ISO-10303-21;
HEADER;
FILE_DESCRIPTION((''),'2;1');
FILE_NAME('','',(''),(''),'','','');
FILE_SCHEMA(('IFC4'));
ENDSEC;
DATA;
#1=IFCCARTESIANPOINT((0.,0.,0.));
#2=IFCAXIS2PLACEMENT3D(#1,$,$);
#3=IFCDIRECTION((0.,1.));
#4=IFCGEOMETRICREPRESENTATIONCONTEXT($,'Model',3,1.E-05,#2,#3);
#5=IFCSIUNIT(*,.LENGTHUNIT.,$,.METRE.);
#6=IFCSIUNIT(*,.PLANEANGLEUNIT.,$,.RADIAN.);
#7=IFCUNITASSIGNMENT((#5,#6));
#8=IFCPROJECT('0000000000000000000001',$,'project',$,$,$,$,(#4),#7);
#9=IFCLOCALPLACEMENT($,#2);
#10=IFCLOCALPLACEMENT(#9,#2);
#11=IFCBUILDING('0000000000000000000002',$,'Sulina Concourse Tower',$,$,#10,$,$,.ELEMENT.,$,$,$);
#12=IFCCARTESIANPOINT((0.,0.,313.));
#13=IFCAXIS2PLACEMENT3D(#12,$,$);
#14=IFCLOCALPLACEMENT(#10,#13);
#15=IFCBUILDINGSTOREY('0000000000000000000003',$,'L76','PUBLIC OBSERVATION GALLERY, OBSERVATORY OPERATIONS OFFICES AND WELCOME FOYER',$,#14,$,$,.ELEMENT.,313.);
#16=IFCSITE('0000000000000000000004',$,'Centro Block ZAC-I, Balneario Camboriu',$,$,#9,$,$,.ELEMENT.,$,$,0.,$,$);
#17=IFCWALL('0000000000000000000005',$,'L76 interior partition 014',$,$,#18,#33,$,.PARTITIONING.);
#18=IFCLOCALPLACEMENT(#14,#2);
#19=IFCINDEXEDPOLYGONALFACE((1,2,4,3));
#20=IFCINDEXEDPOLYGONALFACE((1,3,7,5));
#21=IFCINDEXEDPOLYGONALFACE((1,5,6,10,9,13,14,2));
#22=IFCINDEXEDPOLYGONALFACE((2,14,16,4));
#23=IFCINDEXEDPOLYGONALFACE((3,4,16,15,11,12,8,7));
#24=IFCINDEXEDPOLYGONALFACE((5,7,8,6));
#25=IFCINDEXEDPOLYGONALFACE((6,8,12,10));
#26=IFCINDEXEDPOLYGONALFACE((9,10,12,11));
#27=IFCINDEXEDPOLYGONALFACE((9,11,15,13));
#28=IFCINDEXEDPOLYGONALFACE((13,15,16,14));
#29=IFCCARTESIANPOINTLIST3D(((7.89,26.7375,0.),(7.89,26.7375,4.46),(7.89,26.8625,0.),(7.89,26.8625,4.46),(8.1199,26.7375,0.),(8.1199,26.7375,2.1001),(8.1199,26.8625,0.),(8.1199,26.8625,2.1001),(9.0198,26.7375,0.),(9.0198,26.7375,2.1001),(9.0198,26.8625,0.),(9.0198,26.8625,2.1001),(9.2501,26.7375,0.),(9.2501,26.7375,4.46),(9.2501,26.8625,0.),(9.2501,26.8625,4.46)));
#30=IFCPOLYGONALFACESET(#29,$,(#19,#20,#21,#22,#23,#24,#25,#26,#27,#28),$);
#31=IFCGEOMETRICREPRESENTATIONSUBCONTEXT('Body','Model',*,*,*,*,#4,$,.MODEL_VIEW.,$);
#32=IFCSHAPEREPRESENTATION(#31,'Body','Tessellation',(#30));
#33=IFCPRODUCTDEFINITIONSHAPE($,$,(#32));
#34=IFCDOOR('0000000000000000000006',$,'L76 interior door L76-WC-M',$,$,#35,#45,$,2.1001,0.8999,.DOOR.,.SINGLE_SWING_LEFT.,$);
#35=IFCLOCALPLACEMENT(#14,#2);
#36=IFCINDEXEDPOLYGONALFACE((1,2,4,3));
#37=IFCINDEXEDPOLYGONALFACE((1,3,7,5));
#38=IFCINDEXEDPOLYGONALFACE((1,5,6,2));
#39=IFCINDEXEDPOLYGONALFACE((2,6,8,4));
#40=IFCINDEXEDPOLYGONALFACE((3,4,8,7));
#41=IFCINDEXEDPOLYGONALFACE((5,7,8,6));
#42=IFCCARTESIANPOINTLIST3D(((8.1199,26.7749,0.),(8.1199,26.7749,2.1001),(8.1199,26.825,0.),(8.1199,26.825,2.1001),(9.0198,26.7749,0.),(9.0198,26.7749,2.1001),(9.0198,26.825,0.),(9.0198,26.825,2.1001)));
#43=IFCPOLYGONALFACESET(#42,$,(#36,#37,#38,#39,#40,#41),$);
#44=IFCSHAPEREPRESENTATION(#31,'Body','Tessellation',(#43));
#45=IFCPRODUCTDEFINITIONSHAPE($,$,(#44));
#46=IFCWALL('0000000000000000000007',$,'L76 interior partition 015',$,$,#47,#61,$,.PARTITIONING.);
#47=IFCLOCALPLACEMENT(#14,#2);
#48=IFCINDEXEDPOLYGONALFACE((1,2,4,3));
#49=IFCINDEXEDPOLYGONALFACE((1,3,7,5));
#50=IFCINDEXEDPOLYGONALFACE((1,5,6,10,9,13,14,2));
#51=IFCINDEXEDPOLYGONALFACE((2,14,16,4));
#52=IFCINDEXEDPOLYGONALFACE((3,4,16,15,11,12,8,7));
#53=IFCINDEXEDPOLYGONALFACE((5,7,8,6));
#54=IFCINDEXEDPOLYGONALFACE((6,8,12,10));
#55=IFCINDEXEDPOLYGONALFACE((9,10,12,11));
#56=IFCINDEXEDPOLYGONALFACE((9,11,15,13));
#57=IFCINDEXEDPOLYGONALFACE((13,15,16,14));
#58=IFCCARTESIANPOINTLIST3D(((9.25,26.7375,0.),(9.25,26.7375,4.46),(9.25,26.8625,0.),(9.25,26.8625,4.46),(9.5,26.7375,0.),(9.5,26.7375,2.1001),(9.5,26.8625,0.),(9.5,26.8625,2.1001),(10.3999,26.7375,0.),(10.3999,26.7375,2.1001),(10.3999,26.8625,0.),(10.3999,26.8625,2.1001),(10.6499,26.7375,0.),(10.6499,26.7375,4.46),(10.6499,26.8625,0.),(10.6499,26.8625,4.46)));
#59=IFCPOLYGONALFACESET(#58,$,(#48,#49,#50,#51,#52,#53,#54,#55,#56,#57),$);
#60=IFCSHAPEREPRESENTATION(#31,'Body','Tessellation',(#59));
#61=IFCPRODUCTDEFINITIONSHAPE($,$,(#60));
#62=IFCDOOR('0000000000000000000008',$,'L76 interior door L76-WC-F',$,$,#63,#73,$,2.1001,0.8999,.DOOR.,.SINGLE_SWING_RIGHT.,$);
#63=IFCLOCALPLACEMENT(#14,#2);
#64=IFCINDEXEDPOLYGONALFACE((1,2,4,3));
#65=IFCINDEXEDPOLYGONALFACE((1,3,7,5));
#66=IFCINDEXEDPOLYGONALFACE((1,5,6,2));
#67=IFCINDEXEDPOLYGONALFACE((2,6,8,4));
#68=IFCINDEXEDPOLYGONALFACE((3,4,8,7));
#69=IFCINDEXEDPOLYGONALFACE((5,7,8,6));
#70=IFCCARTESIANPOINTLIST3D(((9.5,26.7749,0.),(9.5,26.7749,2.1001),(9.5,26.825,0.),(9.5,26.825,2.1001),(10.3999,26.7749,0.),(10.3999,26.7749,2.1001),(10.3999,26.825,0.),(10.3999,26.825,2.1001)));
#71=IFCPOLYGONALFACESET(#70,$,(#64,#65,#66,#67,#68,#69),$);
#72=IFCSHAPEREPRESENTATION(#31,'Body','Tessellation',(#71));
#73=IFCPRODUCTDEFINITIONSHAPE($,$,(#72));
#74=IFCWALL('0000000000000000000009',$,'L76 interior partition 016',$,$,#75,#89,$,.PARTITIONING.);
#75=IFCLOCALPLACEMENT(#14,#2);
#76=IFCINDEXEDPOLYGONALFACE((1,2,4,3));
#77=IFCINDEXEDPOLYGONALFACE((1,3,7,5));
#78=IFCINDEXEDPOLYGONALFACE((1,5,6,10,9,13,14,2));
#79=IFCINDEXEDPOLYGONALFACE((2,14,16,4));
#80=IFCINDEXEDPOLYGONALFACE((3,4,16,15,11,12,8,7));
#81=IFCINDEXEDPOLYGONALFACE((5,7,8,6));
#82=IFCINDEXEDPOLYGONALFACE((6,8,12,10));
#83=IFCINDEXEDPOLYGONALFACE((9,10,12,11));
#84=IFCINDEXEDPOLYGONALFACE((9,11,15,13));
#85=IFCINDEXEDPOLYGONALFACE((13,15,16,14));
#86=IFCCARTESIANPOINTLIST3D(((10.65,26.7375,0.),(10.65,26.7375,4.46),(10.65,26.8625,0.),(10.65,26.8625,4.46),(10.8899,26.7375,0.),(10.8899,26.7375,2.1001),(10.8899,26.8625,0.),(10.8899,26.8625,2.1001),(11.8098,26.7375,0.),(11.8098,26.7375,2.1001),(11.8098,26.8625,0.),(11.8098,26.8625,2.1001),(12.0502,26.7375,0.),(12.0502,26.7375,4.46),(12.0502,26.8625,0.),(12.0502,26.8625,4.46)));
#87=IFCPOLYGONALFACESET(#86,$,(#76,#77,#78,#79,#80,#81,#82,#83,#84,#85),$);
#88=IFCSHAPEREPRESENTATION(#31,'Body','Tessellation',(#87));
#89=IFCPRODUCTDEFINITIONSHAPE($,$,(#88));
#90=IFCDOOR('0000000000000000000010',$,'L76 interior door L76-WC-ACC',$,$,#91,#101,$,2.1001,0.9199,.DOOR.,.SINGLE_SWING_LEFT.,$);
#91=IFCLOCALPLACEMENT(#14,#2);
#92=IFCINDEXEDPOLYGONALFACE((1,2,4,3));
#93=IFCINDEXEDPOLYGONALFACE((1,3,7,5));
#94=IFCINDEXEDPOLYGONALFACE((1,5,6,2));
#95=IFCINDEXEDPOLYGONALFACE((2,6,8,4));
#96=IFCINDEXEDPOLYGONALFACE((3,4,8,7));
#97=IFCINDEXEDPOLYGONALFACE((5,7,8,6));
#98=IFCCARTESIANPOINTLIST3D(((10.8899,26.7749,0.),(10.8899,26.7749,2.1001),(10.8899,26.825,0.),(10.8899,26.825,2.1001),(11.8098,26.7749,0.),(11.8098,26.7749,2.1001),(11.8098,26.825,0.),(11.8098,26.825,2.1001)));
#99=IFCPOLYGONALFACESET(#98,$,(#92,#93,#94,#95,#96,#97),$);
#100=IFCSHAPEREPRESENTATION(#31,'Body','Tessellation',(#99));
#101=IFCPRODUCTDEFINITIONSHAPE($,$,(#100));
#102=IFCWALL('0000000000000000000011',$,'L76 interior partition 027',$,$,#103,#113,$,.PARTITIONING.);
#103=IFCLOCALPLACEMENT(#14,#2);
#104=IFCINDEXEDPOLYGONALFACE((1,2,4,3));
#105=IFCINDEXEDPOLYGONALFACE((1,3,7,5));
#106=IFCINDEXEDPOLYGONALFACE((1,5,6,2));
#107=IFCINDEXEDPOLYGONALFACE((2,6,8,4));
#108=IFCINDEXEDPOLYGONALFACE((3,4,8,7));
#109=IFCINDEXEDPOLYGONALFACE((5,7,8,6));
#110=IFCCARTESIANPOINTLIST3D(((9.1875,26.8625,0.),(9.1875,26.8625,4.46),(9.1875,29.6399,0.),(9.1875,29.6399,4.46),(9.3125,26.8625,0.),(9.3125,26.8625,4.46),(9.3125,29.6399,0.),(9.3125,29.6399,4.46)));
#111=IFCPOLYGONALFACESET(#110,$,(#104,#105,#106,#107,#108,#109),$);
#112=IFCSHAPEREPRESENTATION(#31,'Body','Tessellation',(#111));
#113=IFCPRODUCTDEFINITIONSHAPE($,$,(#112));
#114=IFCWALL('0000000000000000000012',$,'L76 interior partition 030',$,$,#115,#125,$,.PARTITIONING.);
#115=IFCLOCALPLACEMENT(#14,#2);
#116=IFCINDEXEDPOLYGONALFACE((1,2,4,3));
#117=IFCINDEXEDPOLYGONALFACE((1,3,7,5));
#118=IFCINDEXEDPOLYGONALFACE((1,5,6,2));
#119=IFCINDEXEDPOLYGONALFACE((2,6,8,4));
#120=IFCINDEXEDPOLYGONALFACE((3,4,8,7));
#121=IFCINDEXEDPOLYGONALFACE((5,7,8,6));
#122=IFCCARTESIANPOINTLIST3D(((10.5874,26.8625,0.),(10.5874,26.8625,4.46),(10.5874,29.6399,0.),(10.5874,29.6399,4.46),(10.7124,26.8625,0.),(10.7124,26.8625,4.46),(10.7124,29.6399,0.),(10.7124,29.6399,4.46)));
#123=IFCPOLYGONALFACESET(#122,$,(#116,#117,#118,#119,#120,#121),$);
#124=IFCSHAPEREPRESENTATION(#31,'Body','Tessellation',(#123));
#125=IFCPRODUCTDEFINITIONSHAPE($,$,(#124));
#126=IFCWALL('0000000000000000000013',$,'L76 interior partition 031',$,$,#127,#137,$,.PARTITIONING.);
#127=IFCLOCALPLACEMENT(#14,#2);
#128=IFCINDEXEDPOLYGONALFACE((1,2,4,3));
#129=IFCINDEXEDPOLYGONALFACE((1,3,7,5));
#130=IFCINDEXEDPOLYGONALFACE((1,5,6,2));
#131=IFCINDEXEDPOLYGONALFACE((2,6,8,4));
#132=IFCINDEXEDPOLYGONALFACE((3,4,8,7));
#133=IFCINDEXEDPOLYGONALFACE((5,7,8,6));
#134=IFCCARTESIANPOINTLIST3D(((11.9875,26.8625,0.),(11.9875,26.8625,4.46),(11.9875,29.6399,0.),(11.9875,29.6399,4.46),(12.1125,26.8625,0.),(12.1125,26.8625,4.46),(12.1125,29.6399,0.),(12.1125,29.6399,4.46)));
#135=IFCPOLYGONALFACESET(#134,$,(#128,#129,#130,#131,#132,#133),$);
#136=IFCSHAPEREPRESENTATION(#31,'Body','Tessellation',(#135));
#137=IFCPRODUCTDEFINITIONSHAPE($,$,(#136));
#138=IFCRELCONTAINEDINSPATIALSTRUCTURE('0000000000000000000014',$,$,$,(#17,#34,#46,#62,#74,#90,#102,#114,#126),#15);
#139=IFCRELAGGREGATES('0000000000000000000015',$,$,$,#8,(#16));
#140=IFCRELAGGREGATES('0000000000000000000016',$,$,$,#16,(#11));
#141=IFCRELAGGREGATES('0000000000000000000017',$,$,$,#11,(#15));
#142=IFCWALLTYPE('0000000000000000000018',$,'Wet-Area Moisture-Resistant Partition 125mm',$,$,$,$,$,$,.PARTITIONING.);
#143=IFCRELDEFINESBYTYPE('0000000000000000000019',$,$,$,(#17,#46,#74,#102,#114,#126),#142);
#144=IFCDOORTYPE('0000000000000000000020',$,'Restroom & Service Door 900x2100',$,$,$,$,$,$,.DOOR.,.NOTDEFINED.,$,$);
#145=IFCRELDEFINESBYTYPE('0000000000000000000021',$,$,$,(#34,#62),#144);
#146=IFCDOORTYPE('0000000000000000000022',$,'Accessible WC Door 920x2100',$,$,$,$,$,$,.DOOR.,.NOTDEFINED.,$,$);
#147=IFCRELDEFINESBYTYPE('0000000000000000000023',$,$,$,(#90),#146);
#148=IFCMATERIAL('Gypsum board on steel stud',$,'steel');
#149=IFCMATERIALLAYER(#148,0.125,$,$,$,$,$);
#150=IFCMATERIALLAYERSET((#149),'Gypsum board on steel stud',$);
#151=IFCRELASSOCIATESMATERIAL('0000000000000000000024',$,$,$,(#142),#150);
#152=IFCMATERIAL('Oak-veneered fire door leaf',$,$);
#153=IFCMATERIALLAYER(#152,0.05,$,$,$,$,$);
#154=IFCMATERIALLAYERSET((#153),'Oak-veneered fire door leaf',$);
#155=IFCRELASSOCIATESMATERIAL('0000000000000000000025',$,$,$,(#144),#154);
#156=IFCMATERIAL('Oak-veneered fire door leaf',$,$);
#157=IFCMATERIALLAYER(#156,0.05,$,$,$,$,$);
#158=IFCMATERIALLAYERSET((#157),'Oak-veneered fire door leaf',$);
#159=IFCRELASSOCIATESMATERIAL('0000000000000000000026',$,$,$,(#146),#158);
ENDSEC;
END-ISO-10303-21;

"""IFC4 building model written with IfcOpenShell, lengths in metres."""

from ifc_helpers import new_model, si_unit, direction, frame, frame_2d, origin, place, context, subcontext, project, spatial, rectangle, extrude, material, layer, layer_set, type_object, element, fill, save


model = new_model("IFC4")

# Units and contexts
model_context = context("Model", 3, precision=1e-05, world=origin(), true_north=direction((0.0, 1.0)))
body_context = subcontext(model_context, "Body", "Model", "MODEL_VIEW")
ifc_project = project(units=[si_unit("LENGTHUNIT", "METRE"), si_unit("PLANEANGLEUNIT", "RADIAN")], contexts=[model_context])

# Site, building, storey
site_placement = place(None, origin())
site = spatial("IfcSite", under=ifc_project, at=site_placement, Name="Centro Block ZAC-I, Balneario Camboriu", CompositionType="ELEMENT", RefElevation=0.0)
building_placement = place(site_placement, origin())
building = spatial("IfcBuilding", under=site, at=building_placement, Name="Sulina Concourse Tower", CompositionType="ELEMENT")
storey_placement = place(building_placement, frame((0.0, 0.0, 313.0)))
storey = spatial("IfcBuildingStorey", under=building, at=storey_placement, Name="L76", Description="PUBLIC OBSERVATION GALLERY, OBSERVATORY OPERATIONS OFFICES AND WELCOME FOYER", CompositionType="ELEMENT", Elevation=313.0)

# Walls, openings, doors
ifc_material_1 = material(Name="Gypsum board on steel stud", Category="steel")
ifc_layer_1 = layer(ifc_material_1, 0.125)
ifc_layer_set_1 = layer_set([ifc_layer_1], Name="Gypsum board on steel stud")
wall_type_1 = type_object("IfcWallType", Name="Wet-Area Moisture-Resistant Partition 125mm", PredefinedType="PARTITIONING", material=ifc_layer_set_1)
wall_1_placement = place(storey_placement, frame((7.8899, 26.8, 0.0), z_axis=(0.0, 0.0, 1.0), x_axis=(1.0, 0.0, 0.0)))
wall_1 = element("IfcWall", 1, at=wall_1_placement, inside=storey, type_object=wall_type_1, Name="L76 interior partition 014", PredefinedType="PARTITIONING", context=body_context, shape_type="SweptSolid", body=[
    extrude(rectangle(XDim=1.3601, YDim=0.125, at=frame_2d((0.6802, 0.0))), origin(), (0.0, 0.0, 1.0), 4.46),
])
opening_1_placement = place(wall_1_placement, frame((0.23, 0.0, 0.0)))
opening_1 = element("IfcOpeningElement", 2, at=opening_1_placement, cuts=wall_1, PredefinedType="OPENING", context=body_context, shape_type="SweptSolid", body=[
    extrude(rectangle(XDim=0.8999, YDim=2.1001, at=frame_2d((0.45, 1.05))), frame((0.0, 0.0725, 0.0), z_axis=(0.0, -1.0, 0.0), x_axis=(1.0, 0.0, 0.0)), (0.0, 0.0, 1.0), 0.145),
])
ifc_material_2 = material(Name="Oak-veneered fire door leaf")
ifc_layer_2 = layer(ifc_material_2, 0.05)
ifc_layer_set_2 = layer_set([ifc_layer_2], Name="Oak-veneered fire door leaf")
door_type_1 = type_object("IfcDoorType", Name="Restroom & Service Door 900x2100", OperationType="NOTDEFINED", PredefinedType="DOOR", material=ifc_layer_set_2)
door_1_placement = place(opening_1_placement, origin())
door_1 = element("IfcDoor", 3, at=door_1_placement, inside=storey, type_object=door_type_1, Name="L76 interior door L76-WC-M", OperationType="SINGLE_SWING_LEFT", OverallHeight=2.1001, OverallWidth=0.8999, PredefinedType="DOOR", context=body_context, shape_type="SweptSolid", body=[
    extrude(rectangle(XDim=0.8999, YDim=2.1001, at=frame_2d((0.45, 1.05))), frame((0.0, 0.0249, 0.0), z_axis=(0.0, -1.0, 0.0), x_axis=(1.0, 0.0, 0.0)), (0.0, 0.0, 1.0), 0.05),
])
fill(opening_1, door_1)
wall_2_placement = place(storey_placement, frame((9.25, 26.8, 0.0), z_axis=(0.0, 0.0, 1.0), x_axis=(1.0, 0.0, 0.0)))
wall_2 = element("IfcWall", 4, at=wall_2_placement, inside=storey, type_object=wall_type_1, Name="L76 interior partition 015", PredefinedType="PARTITIONING", context=body_context, shape_type="SweptSolid", body=[
    extrude(rectangle(XDim=1.3999, YDim=0.125, at=frame_2d((0.7, 0.0))), origin(), (0.0, 0.0, 1.0), 4.46),
])
opening_2_placement = place(wall_2_placement, frame((0.25, 0.0, 0.0)))
opening_2 = element("IfcOpeningElement", 5, at=opening_2_placement, cuts=wall_2, PredefinedType="OPENING", context=body_context, shape_type="SweptSolid", body=[
    extrude(rectangle(XDim=0.8999, YDim=2.1001, at=frame_2d((0.45, 1.05))), frame((0.0, 0.0725, 0.0), z_axis=(0.0, -1.0, 0.0), x_axis=(1.0, 0.0, 0.0)), (0.0, 0.0, 1.0), 0.145),
])
door_2_placement = place(opening_2_placement, origin())
door_2 = element("IfcDoor", 6, at=door_2_placement, inside=storey, type_object=door_type_1, Name="L76 interior door L76-WC-F", OperationType="SINGLE_SWING_RIGHT", OverallHeight=2.1001, OverallWidth=0.8999, PredefinedType="DOOR", context=body_context, shape_type="SweptSolid", body=[
    extrude(rectangle(XDim=0.8999, YDim=2.1001, at=frame_2d((0.45, 1.05))), frame((0.0, 0.0249, 0.0), z_axis=(0.0, -1.0, 0.0), x_axis=(1.0, 0.0, 0.0)), (0.0, 0.0, 1.0), 0.05),
])
fill(opening_2, door_2)
wall_3_placement = place(storey_placement, frame((10.6499, 26.8, 0.0), z_axis=(0.0, 0.0, 1.0), x_axis=(1.0, 0.0, 0.0)))
wall_3 = element("IfcWall", 7, at=wall_3_placement, inside=storey, type_object=wall_type_1, Name="L76 interior partition 016", PredefinedType="PARTITIONING", context=body_context, shape_type="SweptSolid", body=[
    extrude(rectangle(XDim=1.4001, YDim=0.125, at=frame_2d((0.7002, 0.0))), origin(), (0.0, 0.0, 1.0), 4.46),
])
opening_3_placement = place(wall_3_placement, frame((0.24, 0.0, 0.0)))
opening_3 = element("IfcOpeningElement", 8, at=opening_3_placement, cuts=wall_3, PredefinedType="OPENING", context=body_context, shape_type="SweptSolid", body=[
    extrude(rectangle(XDim=0.9199, YDim=2.1001, at=frame_2d((0.46, 1.05))), frame((0.0, 0.0725, 0.0), z_axis=(0.0, -1.0, 0.0), x_axis=(1.0, 0.0, 0.0)), (0.0, 0.0, 1.0), 0.145),
])
ifc_material_3 = material(Name="Oak-veneered fire door leaf")
ifc_layer_3 = layer(ifc_material_3, 0.05)
ifc_layer_set_3 = layer_set([ifc_layer_3], Name="Oak-veneered fire door leaf")
door_type_2 = type_object("IfcDoorType", Name="Accessible WC Door 920x2100", OperationType="NOTDEFINED", PredefinedType="DOOR", material=ifc_layer_set_3)
door_3_placement = place(opening_3_placement, origin())
door_3 = element("IfcDoor", 9, at=door_3_placement, inside=storey, type_object=door_type_2, Name="L76 interior door L76-WC-ACC", OperationType="SINGLE_SWING_LEFT", OverallHeight=2.1001, OverallWidth=0.9199, PredefinedType="DOOR", context=body_context, shape_type="SweptSolid", body=[
    extrude(rectangle(XDim=0.9199, YDim=2.1001, at=frame_2d((0.46, 1.05))), frame((0.0, 0.0249, 0.0), z_axis=(0.0, -1.0, 0.0), x_axis=(1.0, 0.0, 0.0)), (0.0, 0.0, 1.0), 0.05),
])
fill(opening_3, door_3)

# Walls
for number, where, z_axis, x_axis, name in (
    (10, (9.25, 26.8625, 0.0), (0.0, 0.0, 1.0), (0.0, 1.0, 0.0), "L76 interior partition 027"),
    (11, (10.6499, 26.8625, 0.0), (0.0, 0.0, 1.0), (0.0, 1.0, 0.0), "L76 interior partition 030"),
    (12, (12.05, 26.8625, 0.0), (0.0, 0.0, 1.0), (0.0, 1.0, 0.0), "L76 interior partition 031"),
):
    element("IfcWall", number, at=place(storey_placement, frame(where, z_axis=z_axis, x_axis=x_axis)), inside=storey, type_object=wall_type_1, Name=name, PredefinedType="PARTITIONING", context=body_context, shape_type="SweptSolid", body=[
        extrude(rectangle(XDim=2.7773, YDim=0.125, at=frame_2d((1.3887, 0.0))), origin(), (0.0, 0.0, 1.0), 4.46),
    ])

save(model, "model.ifc")
